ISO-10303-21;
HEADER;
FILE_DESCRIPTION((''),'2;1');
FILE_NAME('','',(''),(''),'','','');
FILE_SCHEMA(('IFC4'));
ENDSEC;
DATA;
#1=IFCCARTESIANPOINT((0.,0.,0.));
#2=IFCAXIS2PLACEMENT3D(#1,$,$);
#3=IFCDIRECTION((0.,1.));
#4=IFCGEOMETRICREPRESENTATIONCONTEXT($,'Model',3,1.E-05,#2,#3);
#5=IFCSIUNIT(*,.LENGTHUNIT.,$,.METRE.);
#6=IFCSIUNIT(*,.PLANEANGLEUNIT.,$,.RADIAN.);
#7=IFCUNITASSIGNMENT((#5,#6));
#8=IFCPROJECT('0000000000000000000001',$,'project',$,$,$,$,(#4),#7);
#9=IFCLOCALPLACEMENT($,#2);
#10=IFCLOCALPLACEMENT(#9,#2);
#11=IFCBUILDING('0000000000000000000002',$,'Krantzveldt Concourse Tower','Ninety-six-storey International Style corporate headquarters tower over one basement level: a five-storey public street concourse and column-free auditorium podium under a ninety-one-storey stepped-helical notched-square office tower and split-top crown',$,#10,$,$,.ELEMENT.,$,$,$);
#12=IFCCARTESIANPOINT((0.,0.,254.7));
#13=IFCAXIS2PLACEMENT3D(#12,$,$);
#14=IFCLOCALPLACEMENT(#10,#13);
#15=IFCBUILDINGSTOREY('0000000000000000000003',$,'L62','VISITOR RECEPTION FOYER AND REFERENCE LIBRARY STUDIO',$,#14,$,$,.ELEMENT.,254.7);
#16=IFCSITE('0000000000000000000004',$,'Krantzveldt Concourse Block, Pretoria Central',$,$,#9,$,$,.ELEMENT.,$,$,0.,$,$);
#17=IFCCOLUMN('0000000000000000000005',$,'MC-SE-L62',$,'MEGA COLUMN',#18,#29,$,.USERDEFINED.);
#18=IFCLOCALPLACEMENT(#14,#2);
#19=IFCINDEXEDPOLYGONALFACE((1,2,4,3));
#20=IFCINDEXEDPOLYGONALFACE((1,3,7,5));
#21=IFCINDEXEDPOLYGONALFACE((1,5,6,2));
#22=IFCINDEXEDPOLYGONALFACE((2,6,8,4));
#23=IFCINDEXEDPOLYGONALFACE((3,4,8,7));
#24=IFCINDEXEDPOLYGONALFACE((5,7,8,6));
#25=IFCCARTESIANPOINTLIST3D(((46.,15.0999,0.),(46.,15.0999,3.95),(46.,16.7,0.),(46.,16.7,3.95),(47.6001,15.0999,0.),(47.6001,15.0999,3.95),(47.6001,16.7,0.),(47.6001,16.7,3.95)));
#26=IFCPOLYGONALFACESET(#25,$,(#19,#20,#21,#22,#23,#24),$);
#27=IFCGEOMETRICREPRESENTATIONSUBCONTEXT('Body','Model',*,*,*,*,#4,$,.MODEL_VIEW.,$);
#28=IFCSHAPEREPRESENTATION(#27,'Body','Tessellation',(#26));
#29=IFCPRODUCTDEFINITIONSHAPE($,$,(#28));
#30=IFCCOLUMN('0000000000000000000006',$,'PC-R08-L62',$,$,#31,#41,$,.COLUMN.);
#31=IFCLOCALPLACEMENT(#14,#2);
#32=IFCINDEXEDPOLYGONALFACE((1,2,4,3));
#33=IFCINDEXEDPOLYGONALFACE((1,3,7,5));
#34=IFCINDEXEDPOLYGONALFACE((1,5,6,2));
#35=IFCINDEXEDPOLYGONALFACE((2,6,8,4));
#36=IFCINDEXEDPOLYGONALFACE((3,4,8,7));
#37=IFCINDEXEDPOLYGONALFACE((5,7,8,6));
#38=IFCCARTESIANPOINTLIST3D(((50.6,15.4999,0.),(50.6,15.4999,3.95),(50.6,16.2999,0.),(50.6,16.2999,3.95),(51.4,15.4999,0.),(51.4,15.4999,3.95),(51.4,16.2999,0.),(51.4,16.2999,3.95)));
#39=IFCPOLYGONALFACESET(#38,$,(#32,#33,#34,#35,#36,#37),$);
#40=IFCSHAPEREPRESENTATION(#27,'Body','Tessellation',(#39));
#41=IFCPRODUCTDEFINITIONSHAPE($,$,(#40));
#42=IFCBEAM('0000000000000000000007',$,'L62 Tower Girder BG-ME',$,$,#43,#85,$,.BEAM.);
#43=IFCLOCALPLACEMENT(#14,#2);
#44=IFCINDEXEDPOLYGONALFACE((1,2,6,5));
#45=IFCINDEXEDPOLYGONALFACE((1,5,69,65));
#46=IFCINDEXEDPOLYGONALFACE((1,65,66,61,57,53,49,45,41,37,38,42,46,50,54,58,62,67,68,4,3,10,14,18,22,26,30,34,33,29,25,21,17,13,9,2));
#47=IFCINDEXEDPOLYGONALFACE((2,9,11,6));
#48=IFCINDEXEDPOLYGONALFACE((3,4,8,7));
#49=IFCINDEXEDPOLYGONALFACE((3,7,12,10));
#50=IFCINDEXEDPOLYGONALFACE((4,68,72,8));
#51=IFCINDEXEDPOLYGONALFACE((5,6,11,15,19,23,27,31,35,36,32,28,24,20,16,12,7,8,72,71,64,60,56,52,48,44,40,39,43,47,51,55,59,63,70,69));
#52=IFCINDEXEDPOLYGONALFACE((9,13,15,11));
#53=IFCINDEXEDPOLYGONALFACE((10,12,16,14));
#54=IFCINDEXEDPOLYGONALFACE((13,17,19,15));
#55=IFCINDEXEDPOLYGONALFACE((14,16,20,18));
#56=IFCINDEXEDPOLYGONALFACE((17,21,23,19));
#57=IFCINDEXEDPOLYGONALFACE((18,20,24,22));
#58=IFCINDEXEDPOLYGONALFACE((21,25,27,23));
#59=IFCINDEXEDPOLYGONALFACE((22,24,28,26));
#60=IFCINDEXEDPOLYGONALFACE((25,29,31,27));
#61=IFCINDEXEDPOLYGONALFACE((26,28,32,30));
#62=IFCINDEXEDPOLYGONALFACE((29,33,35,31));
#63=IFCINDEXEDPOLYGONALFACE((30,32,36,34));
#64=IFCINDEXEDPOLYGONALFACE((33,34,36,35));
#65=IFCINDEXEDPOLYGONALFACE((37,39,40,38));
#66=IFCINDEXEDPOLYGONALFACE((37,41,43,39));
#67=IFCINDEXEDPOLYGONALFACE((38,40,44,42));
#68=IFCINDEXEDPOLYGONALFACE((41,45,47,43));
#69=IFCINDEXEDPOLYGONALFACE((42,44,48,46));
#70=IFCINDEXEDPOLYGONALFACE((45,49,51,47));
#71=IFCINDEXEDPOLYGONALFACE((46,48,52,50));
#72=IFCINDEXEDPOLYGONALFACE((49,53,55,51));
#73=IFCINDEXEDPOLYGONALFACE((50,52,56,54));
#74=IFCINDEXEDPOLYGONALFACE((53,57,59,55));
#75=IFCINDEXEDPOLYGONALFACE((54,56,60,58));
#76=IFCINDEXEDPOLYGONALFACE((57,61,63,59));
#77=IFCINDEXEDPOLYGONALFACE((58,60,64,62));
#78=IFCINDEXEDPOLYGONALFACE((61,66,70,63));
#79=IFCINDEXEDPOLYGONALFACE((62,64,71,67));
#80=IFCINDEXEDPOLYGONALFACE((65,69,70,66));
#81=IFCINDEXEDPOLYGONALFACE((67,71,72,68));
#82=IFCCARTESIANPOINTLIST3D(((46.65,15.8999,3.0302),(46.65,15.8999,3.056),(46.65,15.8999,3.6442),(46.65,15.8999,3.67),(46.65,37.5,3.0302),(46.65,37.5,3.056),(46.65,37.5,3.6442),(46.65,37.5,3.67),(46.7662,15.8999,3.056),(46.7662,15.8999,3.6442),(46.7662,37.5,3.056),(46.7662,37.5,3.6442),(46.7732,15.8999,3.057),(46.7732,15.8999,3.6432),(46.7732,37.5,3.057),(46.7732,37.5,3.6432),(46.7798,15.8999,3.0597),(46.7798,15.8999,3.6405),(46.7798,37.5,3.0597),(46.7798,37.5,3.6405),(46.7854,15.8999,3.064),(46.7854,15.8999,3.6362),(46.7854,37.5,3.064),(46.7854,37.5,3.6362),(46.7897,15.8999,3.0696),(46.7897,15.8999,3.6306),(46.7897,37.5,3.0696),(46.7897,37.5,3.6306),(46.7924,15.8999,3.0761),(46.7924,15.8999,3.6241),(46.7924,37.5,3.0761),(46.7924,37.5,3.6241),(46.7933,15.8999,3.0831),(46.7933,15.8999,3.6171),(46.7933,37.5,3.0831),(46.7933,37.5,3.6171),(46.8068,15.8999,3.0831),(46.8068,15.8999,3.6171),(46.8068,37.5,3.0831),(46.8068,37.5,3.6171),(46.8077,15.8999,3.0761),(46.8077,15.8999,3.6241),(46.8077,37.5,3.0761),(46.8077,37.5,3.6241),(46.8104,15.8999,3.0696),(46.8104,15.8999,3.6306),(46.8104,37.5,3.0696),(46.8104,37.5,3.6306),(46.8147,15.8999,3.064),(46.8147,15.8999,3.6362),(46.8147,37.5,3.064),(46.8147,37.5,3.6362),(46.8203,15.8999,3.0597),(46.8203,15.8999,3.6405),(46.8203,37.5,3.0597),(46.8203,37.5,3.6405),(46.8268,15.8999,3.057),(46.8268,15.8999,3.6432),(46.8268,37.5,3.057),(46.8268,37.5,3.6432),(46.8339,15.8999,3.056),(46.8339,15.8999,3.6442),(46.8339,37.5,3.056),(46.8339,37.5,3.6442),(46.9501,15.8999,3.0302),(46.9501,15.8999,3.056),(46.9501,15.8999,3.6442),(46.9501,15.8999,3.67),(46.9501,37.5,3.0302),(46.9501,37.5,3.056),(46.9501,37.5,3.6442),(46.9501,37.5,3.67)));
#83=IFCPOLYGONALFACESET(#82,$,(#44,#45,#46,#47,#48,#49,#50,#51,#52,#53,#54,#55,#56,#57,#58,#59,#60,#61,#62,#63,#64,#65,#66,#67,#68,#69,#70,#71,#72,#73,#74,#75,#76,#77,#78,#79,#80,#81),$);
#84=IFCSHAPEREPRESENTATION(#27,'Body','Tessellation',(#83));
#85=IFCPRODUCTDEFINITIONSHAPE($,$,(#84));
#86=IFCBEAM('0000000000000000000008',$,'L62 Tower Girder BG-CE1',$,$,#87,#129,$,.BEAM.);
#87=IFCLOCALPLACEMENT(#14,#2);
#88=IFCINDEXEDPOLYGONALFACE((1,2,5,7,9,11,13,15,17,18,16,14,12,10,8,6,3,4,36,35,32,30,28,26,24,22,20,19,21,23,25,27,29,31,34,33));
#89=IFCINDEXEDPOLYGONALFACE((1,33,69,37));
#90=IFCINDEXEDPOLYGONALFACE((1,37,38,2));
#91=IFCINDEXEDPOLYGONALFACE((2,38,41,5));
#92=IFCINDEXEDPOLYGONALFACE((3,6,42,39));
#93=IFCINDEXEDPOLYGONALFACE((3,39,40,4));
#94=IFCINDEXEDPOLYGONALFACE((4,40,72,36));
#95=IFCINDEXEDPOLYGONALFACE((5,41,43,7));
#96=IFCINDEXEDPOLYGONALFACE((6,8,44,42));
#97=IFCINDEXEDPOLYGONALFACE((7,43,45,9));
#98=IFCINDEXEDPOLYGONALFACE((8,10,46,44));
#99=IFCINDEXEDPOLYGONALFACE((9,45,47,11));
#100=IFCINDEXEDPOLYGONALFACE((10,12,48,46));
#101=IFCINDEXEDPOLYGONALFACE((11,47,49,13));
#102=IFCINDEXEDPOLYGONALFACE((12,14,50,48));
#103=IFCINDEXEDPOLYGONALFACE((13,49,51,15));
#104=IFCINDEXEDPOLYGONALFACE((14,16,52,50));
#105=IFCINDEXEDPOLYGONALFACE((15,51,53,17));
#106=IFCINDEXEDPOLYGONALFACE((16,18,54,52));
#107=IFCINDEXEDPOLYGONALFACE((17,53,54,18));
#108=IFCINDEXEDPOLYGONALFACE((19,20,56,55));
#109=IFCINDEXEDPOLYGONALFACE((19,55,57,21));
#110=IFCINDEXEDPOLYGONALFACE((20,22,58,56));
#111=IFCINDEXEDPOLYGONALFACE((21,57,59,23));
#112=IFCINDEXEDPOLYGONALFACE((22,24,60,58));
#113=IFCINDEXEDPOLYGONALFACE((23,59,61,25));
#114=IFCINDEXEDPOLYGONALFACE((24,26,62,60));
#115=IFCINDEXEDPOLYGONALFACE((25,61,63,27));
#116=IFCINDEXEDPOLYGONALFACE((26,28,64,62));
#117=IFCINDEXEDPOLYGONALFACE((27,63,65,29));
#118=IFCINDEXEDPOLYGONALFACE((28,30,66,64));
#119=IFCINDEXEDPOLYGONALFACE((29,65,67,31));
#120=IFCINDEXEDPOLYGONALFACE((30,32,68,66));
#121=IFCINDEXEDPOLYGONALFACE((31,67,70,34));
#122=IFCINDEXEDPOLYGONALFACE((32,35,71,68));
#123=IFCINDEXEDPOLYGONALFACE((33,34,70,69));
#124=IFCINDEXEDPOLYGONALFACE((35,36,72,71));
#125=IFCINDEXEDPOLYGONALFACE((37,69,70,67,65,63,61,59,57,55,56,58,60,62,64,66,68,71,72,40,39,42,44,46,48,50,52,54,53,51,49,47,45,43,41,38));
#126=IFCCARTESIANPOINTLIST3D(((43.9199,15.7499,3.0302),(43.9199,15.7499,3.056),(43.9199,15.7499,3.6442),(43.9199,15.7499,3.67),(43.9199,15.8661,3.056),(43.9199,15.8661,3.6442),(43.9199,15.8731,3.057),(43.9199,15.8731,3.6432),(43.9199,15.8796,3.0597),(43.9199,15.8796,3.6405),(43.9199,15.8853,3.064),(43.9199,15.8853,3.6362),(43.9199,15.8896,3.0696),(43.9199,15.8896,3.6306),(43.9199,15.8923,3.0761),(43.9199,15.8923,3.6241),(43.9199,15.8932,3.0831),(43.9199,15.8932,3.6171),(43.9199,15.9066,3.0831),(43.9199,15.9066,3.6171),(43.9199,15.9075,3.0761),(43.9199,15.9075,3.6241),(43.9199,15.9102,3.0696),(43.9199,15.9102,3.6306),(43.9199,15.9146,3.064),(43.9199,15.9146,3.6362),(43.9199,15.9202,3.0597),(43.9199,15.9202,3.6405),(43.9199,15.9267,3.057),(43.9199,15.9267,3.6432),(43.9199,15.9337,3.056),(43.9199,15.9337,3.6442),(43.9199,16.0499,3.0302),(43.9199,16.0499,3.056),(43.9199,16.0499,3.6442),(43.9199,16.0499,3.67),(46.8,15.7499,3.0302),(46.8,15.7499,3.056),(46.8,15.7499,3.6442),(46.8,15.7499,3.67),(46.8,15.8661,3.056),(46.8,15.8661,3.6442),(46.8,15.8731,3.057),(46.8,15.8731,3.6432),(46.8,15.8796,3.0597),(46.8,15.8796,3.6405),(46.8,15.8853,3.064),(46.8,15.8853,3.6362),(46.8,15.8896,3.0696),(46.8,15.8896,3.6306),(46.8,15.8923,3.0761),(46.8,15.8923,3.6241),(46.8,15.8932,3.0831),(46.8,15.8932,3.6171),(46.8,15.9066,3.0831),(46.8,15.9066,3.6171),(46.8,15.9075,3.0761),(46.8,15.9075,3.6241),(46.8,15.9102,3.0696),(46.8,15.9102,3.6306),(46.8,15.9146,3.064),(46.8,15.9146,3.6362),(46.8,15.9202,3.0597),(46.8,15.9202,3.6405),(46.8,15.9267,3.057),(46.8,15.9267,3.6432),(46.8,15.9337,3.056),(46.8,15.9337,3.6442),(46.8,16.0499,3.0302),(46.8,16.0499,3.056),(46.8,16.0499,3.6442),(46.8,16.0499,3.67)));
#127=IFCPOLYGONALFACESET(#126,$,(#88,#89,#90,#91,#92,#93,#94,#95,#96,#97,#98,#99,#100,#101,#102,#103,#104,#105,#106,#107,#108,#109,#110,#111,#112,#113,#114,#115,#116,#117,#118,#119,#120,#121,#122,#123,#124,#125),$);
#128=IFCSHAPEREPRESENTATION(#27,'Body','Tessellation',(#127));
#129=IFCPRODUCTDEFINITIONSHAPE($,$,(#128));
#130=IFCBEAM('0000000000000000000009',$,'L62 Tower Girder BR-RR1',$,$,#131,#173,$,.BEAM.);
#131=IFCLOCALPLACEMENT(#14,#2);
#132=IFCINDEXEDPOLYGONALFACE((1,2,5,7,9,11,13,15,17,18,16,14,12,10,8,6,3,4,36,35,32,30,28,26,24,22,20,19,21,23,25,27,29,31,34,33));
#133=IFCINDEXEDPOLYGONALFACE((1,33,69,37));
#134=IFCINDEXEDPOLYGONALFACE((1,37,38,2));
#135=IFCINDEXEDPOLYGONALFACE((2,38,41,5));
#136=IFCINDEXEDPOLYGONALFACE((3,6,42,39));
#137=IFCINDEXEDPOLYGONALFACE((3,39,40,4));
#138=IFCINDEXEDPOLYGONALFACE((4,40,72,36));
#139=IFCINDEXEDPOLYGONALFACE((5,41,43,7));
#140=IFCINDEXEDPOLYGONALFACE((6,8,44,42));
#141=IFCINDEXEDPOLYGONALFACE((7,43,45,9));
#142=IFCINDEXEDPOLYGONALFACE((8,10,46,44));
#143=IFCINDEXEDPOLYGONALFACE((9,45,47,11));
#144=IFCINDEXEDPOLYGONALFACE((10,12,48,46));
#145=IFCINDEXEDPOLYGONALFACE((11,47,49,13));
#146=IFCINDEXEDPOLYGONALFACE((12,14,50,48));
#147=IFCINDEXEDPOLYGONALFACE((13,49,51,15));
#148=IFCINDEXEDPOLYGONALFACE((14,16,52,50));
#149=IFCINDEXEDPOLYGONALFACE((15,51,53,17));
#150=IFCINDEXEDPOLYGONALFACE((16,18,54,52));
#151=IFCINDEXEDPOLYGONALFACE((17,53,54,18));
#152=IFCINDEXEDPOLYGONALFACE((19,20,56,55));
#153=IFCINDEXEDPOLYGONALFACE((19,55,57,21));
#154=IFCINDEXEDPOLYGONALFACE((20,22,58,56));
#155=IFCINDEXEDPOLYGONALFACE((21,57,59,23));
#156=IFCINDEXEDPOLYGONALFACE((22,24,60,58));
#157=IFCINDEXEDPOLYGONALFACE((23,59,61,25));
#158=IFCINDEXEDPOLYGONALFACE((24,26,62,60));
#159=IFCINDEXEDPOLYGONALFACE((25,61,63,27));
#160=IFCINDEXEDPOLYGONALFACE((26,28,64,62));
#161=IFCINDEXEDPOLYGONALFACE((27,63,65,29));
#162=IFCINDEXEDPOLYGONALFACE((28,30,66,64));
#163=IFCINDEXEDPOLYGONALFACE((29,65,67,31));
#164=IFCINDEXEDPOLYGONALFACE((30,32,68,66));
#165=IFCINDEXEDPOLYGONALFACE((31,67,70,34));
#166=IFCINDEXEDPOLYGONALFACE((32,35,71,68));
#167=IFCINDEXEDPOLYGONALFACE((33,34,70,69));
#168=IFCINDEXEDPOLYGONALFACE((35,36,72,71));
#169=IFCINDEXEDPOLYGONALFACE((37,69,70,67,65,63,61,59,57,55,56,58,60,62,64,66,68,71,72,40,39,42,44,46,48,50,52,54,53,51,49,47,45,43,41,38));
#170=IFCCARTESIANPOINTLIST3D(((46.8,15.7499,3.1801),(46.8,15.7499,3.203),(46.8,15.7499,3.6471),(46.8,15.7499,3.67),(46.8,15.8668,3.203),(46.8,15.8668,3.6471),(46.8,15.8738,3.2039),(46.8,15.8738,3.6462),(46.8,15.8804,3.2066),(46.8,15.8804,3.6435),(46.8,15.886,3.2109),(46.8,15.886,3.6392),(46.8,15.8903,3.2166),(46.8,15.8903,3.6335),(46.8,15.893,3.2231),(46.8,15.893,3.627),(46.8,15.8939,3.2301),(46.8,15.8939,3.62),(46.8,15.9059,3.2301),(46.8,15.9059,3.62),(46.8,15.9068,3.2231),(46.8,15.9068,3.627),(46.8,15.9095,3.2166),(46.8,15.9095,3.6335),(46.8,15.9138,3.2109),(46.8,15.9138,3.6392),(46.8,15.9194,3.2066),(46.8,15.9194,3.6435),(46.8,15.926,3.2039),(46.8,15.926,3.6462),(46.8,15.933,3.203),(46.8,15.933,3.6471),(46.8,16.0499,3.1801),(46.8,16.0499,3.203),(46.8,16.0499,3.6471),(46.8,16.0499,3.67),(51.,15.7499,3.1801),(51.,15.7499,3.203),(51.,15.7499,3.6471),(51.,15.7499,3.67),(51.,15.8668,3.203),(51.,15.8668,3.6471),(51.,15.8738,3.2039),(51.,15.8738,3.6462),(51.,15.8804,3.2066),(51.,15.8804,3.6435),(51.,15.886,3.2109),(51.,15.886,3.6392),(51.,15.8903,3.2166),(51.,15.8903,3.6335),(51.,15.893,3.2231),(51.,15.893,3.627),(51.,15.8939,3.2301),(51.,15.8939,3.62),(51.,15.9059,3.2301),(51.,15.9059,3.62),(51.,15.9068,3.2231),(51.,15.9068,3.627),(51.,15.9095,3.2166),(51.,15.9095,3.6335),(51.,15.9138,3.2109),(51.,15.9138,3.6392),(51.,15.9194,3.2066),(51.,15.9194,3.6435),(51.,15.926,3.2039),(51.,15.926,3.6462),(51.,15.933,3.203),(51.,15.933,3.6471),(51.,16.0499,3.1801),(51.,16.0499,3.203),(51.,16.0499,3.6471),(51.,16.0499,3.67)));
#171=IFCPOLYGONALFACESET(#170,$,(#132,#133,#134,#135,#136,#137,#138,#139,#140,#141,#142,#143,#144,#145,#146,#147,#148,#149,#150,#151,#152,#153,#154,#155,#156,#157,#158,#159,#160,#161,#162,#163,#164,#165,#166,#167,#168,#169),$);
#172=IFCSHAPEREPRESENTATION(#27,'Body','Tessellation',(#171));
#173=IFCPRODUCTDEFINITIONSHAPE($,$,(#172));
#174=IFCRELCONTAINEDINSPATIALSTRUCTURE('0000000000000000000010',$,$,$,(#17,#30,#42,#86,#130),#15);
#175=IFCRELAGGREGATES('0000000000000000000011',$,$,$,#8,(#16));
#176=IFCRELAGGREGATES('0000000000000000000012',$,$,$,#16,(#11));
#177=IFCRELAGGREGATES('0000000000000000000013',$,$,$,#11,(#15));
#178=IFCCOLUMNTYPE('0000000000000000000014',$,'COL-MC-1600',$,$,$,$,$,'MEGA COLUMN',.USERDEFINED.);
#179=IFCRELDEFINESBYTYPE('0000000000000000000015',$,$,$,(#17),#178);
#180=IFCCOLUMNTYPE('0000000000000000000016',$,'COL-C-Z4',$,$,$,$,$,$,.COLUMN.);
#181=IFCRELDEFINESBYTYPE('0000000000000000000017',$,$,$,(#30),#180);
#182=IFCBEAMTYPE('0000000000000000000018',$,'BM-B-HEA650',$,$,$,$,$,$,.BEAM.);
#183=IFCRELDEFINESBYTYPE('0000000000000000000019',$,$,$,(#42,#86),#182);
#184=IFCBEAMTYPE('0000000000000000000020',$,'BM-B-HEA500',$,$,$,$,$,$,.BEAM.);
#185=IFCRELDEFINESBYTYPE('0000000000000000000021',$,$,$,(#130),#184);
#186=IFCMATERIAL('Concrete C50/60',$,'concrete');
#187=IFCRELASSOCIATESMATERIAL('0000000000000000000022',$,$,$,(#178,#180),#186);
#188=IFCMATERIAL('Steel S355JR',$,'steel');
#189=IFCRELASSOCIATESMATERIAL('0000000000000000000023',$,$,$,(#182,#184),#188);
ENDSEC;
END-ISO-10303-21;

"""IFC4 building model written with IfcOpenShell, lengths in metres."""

from ifc_helpers import new_model, si_unit, direction, frame, origin, origin_2d, place, context, subcontext, project, spatial, rectangle, i_section, extrude, source, transform, mapped, material, material_profile, profile_set, type_object, type_shapes, element, save


model = new_model("IFC4")

# Units and contexts
model_context = context("Model", 3, precision=1e-05, world=origin(), true_north=direction((0.0, 1.0)))
body_context = subcontext(model_context, "Body", "Model", "MODEL_VIEW")
ifc_project = project(units=[si_unit("LENGTHUNIT", "METRE"), si_unit("PLANEANGLEUNIT", "RADIAN")], contexts=[model_context])

# Site, building, storey
site_placement = place(None, origin())
site = spatial("IfcSite", under=ifc_project, at=site_placement, Name="Krantzveldt Concourse Block, Pretoria Central", CompositionType="ELEMENT", RefElevation=0.0)
building_placement = place(site_placement, origin())
building = spatial("IfcBuilding", under=site, at=building_placement, Name="Krantzveldt Concourse Tower", Description="Ninety-six-storey International Style corporate headquarters tower over one basement level: a five-storey public street concourse and column-free auditorium podium under a ninety-one-storey stepped-helical notched-square office tower and split-top crown", CompositionType="ELEMENT")
storey_placement = place(building_placement, frame((0.0, 0.0, 254.7)))
storey = spatial("IfcBuildingStorey", under=building, at=storey_placement, Name="L62", Description="VISITOR RECEPTION FOYER AND REFERENCE LIBRARY STUDIO", CompositionType="ELEMENT", Elevation=254.7)

# Columns
ifc_material_1 = material(Name="Concrete C50/60", Category="concrete")
ifc_material_profile_1 = material_profile(ifc_material_1, rectangle(XDim=1.6001, YDim=1.6001, at=origin_2d()), Name="Concrete C50/60", Category="concrete")
ifc_profile_set_1 = profile_set([ifc_material_profile_1], Name="Concrete C50/60 - RC 1600x1600")
column_type_1 = type_object("IfcColumnType", Name="COL-MC-1600", ElementType="MEGA COLUMN", PredefinedType="USERDEFINED", material=ifc_profile_set_1)
shared_shape_1 = source(origin(), body_context, "Body", "SweptSolid", [
    extrude(rectangle(XDim=1.6001, YDim=1.6001, at=origin_2d()), origin(), (0.0, 0.0, 1.0), 3.95),
])
type_shapes(column_type_1, [shared_shape_1])
column_1_placement = place(storey_placement, frame((46.8, 15.8999, 0.0), z_axis=(0.0, 0.0, 1.0), x_axis=(1.0, 0.0, 0.0)))
element("IfcColumn", 1, at=column_1_placement, inside=storey, type_object=column_type_1, Name="MC-SE-L62", ObjectType="MEGA COLUMN", PredefinedType="USERDEFINED", context=body_context, shape_type="MappedRepresentation", body=[
    mapped(shared_shape_1, transform((0.0, 0.0, 0.0), x_axis=(1.0, 0.0, 0.0), y_axis=(0.0, 1.0, 0.0), z_axis=(0.0, 0.0, 1.0), scale=1.0)),
])
ifc_material_profile_2 = material_profile(ifc_material_1, rectangle(XDim=0.8, YDim=0.8, at=origin_2d()), Name="Concrete C50/60", Category="concrete")
ifc_profile_set_2 = profile_set([ifc_material_profile_2], Name="Concrete C50/60 - RC 800x800")
column_type_2 = type_object("IfcColumnType", Name="COL-C-Z4", PredefinedType="COLUMN", material=ifc_profile_set_2)
shared_shape_2 = source(origin(), body_context, "Body", "SweptSolid", [
    extrude(rectangle(XDim=0.8, YDim=0.8, at=origin_2d()), origin(), (0.0, 0.0, 1.0), 3.95),
])
type_shapes(column_type_2, [shared_shape_2])
column_2_placement = place(storey_placement, frame((51.0, 15.8999, 0.0), z_axis=(0.0, 0.0, 1.0), x_axis=(1.0, 0.0, 0.0)))
element("IfcColumn", 2, at=column_2_placement, inside=storey, type_object=column_type_2, Name="PC-R08-L62", PredefinedType="COLUMN", context=body_context, shape_type="MappedRepresentation", body=[
    mapped(shared_shape_2, transform((0.0, 0.0, 0.0), x_axis=(1.0, 0.0, 0.0), y_axis=(0.0, 1.0, 0.0), z_axis=(0.0, 0.0, 1.0), scale=1.0)),
])

# Beams
ifc_material_2 = material(Name="Steel S355JR", Category="steel")
ifc_material_profile_3 = material_profile(ifc_material_2, i_section(OverallWidth=0.3, OverallDepth=0.6399, WebThickness=0.0134, FlangeThickness=0.0259, FilletRadius=0.0271, at=origin_2d()), Name="Steel S355JR", Category="steel")
ifc_profile_set_3 = profile_set([ifc_material_profile_3], Name="Steel S355JR - HEA 650")
beam_type_1 = type_object("IfcBeamType", Name="BM-B-HEA650", PredefinedType="BEAM", material=ifc_profile_set_3)
shared_shape_3 = source(origin(), body_context, "Body", "SweptSolid", [
    extrude(i_section(OverallWidth=0.3, OverallDepth=0.6399, WebThickness=0.0134, FlangeThickness=0.0259, FilletRadius=0.0271, at=origin_2d()), origin(), (0.0, 0.0, 1.0), 21.6001),
])
beam_1_placement = place(storey_placement, frame((46.8, 15.8999, 3.3501), z_axis=(0.0, 1.0, 0.0), x_axis=(-1.0, 0.0, 0.0)))
element("IfcBeam", 3, at=beam_1_placement, inside=storey, type_object=beam_type_1, Name="L62 Tower Girder BG-ME", PredefinedType="BEAM", context=body_context, shape_type="MappedRepresentation", body=[
    mapped(shared_shape_3, transform((0.0, 0.0, 0.0), x_axis=(1.0, 0.0, 0.0), y_axis=(0.0, 1.0, 0.0), z_axis=(0.0, 0.0, 1.0), scale=1.0)),
])
shared_shape_4 = source(origin(), body_context, "Body", "SweptSolid", [
    extrude(i_section(OverallWidth=0.3, OverallDepth=0.6399, WebThickness=0.0134, FlangeThickness=0.0259, FilletRadius=0.0271, at=origin_2d()), origin(), (0.0, 0.0, 1.0), 2.8801),
])
type_shapes(beam_type_1, [shared_shape_3, shared_shape_4])
beam_2_placement = place(storey_placement, frame((43.9199, 15.8999, 3.3501), z_axis=(1.0, 0.0, 0.0), x_axis=(0.0, 1.0, 0.0)))
element("IfcBeam", 4, at=beam_2_placement, inside=storey, type_object=beam_type_1, Name="L62 Tower Girder BG-CE1", PredefinedType="BEAM", context=body_context, shape_type="MappedRepresentation", body=[
    mapped(shared_shape_4, transform((0.0, 0.0, 0.0), x_axis=(1.0, 0.0, 0.0), y_axis=(0.0, 1.0, 0.0), z_axis=(0.0, 0.0, 1.0), scale=1.0)),
])
ifc_material_profile_4 = material_profile(ifc_material_2, i_section(OverallWidth=0.3, OverallDepth=0.49, WebThickness=0.012, FlangeThickness=0.0229, FilletRadius=0.0271, at=origin_2d()), Name="Steel S355JR", Category="steel")
ifc_profile_set_4 = profile_set([ifc_material_profile_4], Name="Steel S355JR - HEA 500")
beam_type_2 = type_object("IfcBeamType", Name="BM-B-HEA500", PredefinedType="BEAM", material=ifc_profile_set_4)
shared_shape_5 = source(origin(), body_context, "Body", "SweptSolid", [
    extrude(i_section(OverallWidth=0.3, OverallDepth=0.49, WebThickness=0.012, FlangeThickness=0.0229, FilletRadius=0.0271, at=origin_2d()), origin(), (0.0, 0.0, 1.0), 4.2),
])
beam_3_placement = place(storey_placement, frame((46.8, 15.8999, 3.425), z_axis=(1.0, 0.0, 0.0), x_axis=(0.0, 1.0, 0.0)))
element("IfcBeam", 5, at=beam_3_placement, inside=storey, type_object=beam_type_2, Name="L62 Tower Girder BR-RR1", PredefinedType="BEAM", context=body_context, shape_type="MappedRepresentation", body=[
    mapped(shared_shape_5, transform((0.0, 0.0, 0.0), x_axis=(1.0, 0.0, 0.0), y_axis=(0.0, 1.0, 0.0), z_axis=(0.0, 0.0, 1.0), scale=1.0)),
])

save(model, "model.ifc")
